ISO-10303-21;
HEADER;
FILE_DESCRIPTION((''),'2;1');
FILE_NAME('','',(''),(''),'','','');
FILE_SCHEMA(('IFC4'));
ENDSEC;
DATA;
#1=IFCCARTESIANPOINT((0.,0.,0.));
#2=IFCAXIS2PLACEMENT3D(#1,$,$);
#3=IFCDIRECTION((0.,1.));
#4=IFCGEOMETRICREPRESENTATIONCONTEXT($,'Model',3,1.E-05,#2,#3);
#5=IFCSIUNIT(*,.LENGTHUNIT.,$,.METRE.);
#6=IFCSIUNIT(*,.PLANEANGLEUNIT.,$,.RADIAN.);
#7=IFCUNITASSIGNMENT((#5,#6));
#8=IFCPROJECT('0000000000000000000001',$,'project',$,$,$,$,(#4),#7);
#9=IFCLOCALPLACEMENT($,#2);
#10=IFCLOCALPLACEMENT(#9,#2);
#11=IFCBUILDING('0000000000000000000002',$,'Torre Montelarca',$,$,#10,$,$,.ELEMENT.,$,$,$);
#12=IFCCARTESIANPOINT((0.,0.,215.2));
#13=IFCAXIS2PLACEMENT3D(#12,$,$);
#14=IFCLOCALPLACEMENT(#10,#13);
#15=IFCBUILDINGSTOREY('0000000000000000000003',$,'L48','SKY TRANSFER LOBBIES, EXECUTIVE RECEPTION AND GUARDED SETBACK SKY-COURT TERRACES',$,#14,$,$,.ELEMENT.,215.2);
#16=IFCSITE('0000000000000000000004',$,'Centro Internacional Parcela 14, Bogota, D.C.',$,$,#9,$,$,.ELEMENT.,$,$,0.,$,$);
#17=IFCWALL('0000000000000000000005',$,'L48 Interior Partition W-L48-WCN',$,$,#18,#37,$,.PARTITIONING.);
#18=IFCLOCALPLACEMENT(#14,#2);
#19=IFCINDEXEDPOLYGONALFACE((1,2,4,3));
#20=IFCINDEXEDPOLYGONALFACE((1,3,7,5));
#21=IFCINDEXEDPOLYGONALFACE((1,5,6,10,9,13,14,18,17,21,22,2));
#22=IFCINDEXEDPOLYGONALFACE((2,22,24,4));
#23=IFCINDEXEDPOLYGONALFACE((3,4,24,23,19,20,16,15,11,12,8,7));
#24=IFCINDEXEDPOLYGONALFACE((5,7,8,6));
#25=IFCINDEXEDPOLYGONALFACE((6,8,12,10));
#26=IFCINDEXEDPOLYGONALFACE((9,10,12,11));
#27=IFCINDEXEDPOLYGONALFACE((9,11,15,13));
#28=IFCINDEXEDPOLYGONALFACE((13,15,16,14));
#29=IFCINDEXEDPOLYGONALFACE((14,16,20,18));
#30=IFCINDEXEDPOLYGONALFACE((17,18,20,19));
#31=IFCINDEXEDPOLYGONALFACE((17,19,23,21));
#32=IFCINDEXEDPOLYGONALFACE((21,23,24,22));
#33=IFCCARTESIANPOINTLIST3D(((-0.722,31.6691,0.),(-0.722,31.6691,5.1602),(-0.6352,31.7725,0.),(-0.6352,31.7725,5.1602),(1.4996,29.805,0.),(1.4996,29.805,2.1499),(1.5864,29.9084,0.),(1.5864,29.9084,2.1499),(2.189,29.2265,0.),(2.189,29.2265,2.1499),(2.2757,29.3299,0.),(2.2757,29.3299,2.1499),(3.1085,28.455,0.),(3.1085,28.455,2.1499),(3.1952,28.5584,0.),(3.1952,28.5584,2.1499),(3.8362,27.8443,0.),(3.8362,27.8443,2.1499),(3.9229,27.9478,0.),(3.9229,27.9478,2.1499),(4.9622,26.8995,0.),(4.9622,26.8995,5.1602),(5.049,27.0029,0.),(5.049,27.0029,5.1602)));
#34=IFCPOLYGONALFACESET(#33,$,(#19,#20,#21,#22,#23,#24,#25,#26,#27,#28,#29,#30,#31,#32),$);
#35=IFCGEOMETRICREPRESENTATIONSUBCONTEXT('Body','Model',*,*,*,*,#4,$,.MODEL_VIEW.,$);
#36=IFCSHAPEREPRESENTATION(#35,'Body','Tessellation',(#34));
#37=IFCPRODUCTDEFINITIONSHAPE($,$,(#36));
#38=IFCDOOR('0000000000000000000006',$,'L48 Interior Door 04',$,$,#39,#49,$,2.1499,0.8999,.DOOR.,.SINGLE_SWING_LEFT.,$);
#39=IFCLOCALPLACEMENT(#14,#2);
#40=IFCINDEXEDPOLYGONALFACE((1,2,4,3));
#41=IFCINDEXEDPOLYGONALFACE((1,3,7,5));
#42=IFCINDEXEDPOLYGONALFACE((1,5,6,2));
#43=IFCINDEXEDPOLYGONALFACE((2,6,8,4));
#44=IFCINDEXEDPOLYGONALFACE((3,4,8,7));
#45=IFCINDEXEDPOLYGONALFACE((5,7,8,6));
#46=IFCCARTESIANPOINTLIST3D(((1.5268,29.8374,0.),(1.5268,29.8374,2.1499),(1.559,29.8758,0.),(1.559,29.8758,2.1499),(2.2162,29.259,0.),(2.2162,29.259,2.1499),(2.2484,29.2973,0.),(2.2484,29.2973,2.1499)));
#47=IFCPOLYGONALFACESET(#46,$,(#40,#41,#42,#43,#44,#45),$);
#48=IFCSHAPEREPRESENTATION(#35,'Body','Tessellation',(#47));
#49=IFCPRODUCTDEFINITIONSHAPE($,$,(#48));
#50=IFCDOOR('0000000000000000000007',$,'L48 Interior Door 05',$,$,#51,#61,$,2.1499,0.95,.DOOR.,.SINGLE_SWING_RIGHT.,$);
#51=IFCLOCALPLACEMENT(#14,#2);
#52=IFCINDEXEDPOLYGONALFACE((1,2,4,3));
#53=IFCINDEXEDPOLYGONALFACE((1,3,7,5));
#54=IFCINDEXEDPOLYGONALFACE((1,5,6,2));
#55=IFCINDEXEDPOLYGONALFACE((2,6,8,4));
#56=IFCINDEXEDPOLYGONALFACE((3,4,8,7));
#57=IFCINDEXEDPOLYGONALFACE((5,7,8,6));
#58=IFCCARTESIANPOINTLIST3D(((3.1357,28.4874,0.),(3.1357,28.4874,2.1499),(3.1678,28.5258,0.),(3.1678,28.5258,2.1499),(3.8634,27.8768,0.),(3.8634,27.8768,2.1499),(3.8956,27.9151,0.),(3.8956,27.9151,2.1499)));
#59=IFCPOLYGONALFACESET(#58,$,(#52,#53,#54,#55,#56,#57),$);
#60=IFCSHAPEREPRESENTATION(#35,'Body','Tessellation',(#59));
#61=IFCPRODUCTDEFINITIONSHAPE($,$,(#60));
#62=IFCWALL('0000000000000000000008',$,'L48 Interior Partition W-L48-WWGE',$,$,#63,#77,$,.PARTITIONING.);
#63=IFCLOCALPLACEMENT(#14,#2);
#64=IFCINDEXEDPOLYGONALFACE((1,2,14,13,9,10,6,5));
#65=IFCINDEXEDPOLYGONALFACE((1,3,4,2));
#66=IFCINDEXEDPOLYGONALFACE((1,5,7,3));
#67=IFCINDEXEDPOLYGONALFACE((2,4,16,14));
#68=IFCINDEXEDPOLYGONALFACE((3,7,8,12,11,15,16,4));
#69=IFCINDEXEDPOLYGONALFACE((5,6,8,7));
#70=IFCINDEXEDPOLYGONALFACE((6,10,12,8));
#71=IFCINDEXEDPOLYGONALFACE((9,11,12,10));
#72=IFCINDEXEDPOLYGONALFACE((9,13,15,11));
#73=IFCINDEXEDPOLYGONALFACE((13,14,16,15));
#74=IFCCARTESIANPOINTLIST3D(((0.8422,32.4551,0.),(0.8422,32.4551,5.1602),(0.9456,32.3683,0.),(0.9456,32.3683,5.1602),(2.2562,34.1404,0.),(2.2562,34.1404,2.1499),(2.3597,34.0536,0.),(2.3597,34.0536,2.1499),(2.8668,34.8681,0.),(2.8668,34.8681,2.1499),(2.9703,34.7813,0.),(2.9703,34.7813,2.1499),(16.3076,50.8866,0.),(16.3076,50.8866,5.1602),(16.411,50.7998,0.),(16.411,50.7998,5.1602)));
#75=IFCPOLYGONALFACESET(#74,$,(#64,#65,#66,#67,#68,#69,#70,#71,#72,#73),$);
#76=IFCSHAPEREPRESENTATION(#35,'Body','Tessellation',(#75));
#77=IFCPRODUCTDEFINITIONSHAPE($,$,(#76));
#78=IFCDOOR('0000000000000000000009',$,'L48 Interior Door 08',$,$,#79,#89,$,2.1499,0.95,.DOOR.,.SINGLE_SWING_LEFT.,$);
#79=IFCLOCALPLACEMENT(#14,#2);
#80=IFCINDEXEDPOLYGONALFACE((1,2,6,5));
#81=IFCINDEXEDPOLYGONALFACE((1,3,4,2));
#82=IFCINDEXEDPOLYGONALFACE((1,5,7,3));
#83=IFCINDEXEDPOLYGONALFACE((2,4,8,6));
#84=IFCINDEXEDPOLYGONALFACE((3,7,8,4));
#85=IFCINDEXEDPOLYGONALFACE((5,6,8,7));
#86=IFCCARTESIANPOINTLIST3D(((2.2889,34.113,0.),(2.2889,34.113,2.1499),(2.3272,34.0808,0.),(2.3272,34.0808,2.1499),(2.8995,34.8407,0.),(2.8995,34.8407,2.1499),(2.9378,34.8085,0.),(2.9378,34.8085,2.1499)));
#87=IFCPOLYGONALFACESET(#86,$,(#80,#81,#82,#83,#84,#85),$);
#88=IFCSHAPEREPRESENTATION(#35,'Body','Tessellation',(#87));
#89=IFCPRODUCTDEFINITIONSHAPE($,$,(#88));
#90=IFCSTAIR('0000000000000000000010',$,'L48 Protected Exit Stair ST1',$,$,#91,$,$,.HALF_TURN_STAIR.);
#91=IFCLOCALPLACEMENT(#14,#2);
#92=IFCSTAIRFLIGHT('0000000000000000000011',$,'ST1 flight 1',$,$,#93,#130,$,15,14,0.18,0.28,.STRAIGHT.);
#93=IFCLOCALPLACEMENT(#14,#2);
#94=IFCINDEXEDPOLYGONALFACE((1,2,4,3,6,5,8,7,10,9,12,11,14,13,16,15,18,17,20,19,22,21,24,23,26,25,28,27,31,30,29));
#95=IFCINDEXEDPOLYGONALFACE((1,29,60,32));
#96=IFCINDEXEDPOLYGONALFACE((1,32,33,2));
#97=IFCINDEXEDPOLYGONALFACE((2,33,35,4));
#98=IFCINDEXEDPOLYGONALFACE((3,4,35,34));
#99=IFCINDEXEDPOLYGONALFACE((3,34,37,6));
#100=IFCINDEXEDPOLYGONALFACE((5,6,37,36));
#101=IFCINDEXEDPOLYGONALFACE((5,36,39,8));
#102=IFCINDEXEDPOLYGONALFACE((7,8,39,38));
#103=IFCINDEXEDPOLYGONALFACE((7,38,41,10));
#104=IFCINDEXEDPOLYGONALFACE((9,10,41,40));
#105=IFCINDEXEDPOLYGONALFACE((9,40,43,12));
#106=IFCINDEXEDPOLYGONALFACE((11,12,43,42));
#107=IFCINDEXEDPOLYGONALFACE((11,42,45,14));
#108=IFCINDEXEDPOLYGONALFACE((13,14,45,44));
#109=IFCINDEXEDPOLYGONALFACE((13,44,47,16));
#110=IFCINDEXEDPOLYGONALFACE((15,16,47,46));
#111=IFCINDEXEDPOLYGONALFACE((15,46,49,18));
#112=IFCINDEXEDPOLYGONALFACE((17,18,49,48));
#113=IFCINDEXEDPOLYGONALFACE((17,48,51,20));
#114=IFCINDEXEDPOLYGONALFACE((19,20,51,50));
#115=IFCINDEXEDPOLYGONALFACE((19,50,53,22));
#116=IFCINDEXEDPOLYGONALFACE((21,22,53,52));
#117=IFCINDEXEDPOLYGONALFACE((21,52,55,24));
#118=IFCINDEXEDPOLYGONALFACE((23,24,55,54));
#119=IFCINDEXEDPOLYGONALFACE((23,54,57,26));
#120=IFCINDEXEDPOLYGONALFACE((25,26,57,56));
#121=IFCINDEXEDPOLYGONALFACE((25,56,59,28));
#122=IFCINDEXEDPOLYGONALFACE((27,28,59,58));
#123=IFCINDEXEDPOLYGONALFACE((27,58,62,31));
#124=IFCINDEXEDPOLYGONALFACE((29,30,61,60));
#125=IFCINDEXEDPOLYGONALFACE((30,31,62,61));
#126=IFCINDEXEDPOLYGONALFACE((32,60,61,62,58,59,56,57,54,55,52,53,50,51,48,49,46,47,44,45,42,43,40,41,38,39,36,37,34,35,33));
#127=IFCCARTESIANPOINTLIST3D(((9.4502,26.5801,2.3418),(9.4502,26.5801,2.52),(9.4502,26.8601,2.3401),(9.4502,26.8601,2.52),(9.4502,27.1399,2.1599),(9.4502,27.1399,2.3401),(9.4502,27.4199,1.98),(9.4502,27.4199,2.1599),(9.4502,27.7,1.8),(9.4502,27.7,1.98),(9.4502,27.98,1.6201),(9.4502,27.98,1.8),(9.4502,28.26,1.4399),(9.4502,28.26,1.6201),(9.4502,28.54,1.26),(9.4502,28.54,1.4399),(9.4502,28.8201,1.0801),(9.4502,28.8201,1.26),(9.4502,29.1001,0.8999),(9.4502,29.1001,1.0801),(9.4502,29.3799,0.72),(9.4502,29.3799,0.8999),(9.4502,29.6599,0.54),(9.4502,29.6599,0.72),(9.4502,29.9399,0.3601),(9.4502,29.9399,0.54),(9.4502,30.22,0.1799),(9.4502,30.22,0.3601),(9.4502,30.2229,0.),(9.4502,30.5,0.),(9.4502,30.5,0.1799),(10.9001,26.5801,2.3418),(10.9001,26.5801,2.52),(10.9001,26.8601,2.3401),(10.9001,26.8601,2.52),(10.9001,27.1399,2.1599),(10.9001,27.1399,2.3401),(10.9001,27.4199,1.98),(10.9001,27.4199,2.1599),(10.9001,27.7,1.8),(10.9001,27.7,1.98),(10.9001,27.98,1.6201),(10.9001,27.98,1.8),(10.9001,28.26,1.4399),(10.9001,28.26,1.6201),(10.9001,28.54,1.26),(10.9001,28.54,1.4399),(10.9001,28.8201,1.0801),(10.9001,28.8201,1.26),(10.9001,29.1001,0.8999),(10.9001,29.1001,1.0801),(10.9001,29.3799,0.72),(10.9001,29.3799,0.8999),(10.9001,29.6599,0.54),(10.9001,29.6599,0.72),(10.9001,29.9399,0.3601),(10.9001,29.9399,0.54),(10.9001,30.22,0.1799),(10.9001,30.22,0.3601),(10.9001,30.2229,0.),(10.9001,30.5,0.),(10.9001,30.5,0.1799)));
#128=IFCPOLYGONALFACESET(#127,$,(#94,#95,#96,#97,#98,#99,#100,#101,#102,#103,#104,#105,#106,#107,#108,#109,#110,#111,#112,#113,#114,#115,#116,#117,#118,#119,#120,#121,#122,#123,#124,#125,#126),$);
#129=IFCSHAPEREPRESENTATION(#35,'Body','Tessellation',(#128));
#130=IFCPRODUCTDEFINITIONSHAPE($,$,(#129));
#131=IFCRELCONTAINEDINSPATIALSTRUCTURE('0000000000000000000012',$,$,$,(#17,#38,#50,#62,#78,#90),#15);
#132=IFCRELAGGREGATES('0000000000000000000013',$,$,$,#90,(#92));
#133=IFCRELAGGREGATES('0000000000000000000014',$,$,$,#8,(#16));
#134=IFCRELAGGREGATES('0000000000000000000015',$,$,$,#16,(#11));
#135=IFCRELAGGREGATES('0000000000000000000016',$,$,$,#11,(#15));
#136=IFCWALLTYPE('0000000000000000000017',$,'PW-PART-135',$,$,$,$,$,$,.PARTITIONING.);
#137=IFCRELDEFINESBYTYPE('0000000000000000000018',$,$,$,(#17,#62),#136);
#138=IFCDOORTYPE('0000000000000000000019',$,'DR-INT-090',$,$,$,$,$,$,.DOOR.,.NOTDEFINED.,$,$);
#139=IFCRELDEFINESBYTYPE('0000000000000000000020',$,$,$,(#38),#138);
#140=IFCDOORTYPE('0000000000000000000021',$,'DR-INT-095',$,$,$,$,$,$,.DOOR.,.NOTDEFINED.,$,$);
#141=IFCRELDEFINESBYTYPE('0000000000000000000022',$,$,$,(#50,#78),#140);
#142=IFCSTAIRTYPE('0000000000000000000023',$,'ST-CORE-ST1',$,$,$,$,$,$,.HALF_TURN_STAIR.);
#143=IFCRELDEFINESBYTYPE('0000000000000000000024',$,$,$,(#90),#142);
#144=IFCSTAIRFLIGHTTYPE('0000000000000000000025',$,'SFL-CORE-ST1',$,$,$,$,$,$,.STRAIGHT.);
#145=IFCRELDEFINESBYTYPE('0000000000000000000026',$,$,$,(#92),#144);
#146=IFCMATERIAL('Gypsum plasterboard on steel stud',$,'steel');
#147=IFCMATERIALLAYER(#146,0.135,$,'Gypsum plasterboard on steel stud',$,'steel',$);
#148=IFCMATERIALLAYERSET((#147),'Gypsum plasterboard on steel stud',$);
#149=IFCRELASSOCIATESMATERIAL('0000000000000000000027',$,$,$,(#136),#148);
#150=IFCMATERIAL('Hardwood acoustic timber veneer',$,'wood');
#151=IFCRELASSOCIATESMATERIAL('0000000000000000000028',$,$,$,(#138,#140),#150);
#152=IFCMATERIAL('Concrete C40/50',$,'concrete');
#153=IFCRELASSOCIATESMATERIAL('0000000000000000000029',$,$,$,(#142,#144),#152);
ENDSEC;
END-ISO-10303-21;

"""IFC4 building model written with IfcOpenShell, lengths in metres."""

from ifc_helpers import new_model, si_unit, direction, frame, frame_2d, origin, place, context, subcontext, project, spatial, polyline, rectangle, outline, extrude, source, transform, mapped, material, layer, layer_set, type_object, element, fill, aggregate, save


model = new_model("IFC4")

# Units and contexts
model_context = context("Model", 3, precision=1e-05, world=origin(), true_north=direction((0.0, 1.0)))
body_context = subcontext(model_context, "Body", "Model", "MODEL_VIEW")
ifc_project = project(units=[si_unit("LENGTHUNIT", "METRE"), si_unit("PLANEANGLEUNIT", "RADIAN")], contexts=[model_context])

# Site, building, storey
site_placement = place(None, origin())
site = spatial("IfcSite", under=ifc_project, at=site_placement, Name="Centro Internacional Parcela 14, Bogota, D.C.", CompositionType="ELEMENT", RefElevation=0.0)
building_placement = place(site_placement, origin())
building = spatial("IfcBuilding", under=site, at=building_placement, Name="Torre Montelarca", CompositionType="ELEMENT")
storey_placement = place(building_placement, frame((0.0, 0.0, 215.2)))
storey = spatial("IfcBuildingStorey", under=building, at=storey_placement, Name="L48", Description="SKY TRANSFER LOBBIES, EXECUTIVE RECEPTION AND GUARDED SETBACK SKY-COURT TERRACES", CompositionType="ELEMENT", Elevation=215.2)

# Shared definitions
ifc_material_1 = material(Name="Concrete C40/50", Category="concrete")

# Shared definitions
ifc_material_2 = material(Name="Gypsum plasterboard on steel stud", Category="steel")

# Wall, openings, doors
ifc_layer_1 = layer(ifc_material_2, 0.135, Name="Gypsum plasterboard on steel stud", Category="steel")
ifc_layer_set_1 = layer_set([ifc_layer_1], Name="Gypsum plasterboard on steel stud")
wall_type_1 = type_object("IfcWallType", Name="PW-PART-135", PredefinedType="PARTITIONING", material=ifc_layer_set_1)
wall_1_placement = place(storey_placement, frame((-0.6785, 31.7207, 0.0), z_axis=(0.0, 0.0, 1.0), x_axis=(0.766043, -0.642789, 0.0)))
wall_1 = element("IfcWall", 1, at=wall_1_placement, inside=storey, type_object=wall_type_1, Name="L48 Interior Partition W-L48-WCN", PredefinedType="PARTITIONING", context=body_context, shape_type="SweptSolid", body=[
    extrude(rectangle(XDim=7.4202, YDim=0.135, at=frame_2d((3.71, 0.0))), origin(), (0.0, 0.0, 1.0), 5.1602),
])
opening_1_placement = place(wall_1_placement, frame((2.8999, 0.0, 0.0)))
opening_1 = element("IfcOpeningElement", 2, at=opening_1_placement, cuts=wall_1, PredefinedType="OPENING", context=body_context, shape_type="SweptSolid", body=[
    extrude(rectangle(XDim=0.8999, YDim=2.1499, at=frame_2d((0.45, 1.075))), frame((0.0, 0.0776, 0.0), z_axis=(0.0, -1.0, 0.0), x_axis=(1.0, 0.0, 0.0)), (0.0, 0.0, 1.0), 0.155),
])
opening_2_placement = place(wall_1_placement, frame((5.0, 0.0, 0.0)))
opening_2 = element("IfcOpeningElement", 3, at=opening_2_placement, cuts=wall_1, PredefinedType="OPENING", context=body_context, shape_type="SweptSolid", body=[
    extrude(rectangle(XDim=0.95, YDim=2.1499, at=frame_2d((0.4751, 1.075))), frame((0.0, 0.0776, 0.0), z_axis=(0.0, -1.0, 0.0), x_axis=(1.0, 0.0, 0.0)), (0.0, 0.0, 1.0), 0.155),
])
ifc_material_3 = material(Name="Hardwood acoustic timber veneer", Category="wood")
door_type_1 = type_object("IfcDoorType", Name="DR-INT-090", OperationType="NOTDEFINED", PredefinedType="DOOR", material=ifc_material_3)
shared_shape_1 = source(origin(), body_context, "Body", "SweptSolid", [
    extrude(rectangle(XDim=0.8999, YDim=2.1499, at=frame_2d((0.45, 1.075))), frame((0.0, 0.0249, 0.0), z_axis=(0.0, -1.0, 0.0), x_axis=(1.0, 0.0, 0.0)), (0.0, 0.0, 1.0), 0.05),
])
door_1_placement = place(opening_1_placement, origin())
door_1 = element("IfcDoor", 4, at=door_1_placement, inside=storey, type_object=door_type_1, Name="L48 Interior Door 04", OperationType="SINGLE_SWING_LEFT", OverallHeight=2.1499, OverallWidth=0.8999, PredefinedType="DOOR", context=body_context, shape_type="MappedRepresentation", body=[
    mapped(shared_shape_1, transform((0.0, 0.0, 0.0), scale=1.0)),
])
fill(opening_1, door_1)
door_type_2 = type_object("IfcDoorType", Name="DR-INT-095", OperationType="NOTDEFINED", PredefinedType="DOOR", material=ifc_material_3)
shared_shape_2 = source(origin(), body_context, "Body", "SweptSolid", [
    extrude(rectangle(XDim=0.95, YDim=2.1499, at=frame_2d((0.4751, 1.075))), frame((0.0, 0.0249, 0.0), z_axis=(0.0, -1.0, 0.0), x_axis=(1.0, 0.0, 0.0)), (0.0, 0.0, 1.0), 0.05),
])
door_2_placement = place(opening_2_placement, origin())
door_2 = element("IfcDoor", 5, at=door_2_placement, inside=storey, type_object=door_type_2, Name="L48 Interior Door 05", OperationType="SINGLE_SWING_RIGHT", OverallHeight=2.1499, OverallWidth=0.95, PredefinedType="DOOR", context=body_context, shape_type="MappedRepresentation", body=[
    mapped(shared_shape_2, transform((0.0, 0.0, 0.0), scale=1.0)),
])
fill(opening_2, door_2)

# Wall, opening, door
wall_2_placement = place(storey_placement, frame((0.8938, 32.4116, 0.0), z_axis=(0.0, 0.0, 1.0), x_axis=(0.642777, 0.766054, 0.0)))
wall_2 = element("IfcWall", 6, at=wall_2_placement, inside=storey, type_object=wall_type_1, Name="L48 Interior Partition W-L48-WWGE", PredefinedType="PARTITIONING", context=body_context, shape_type="SweptSolid", body=[
    extrude(rectangle(XDim=24.0603, YDim=0.135, at=frame_2d((12.0303, 0.0))), origin(), (0.0, 0.0, 1.0), 5.1602),
])
opening_3_placement = place(wall_2_placement, frame((2.2, 0.0, 0.0)))
opening_3 = element("IfcOpeningElement", 7, at=opening_3_placement, cuts=wall_2, PredefinedType="OPENING", context=body_context, shape_type="SweptSolid", body=[
    extrude(rectangle(XDim=0.95, YDim=2.1499, at=frame_2d((0.4751, 1.075))), frame((0.0, 0.0776, 0.0), z_axis=(0.0, -1.0, 0.0), x_axis=(1.0, 0.0, 0.0)), (0.0, 0.0, 1.0), 0.155),
])
door_3_placement = place(opening_3_placement, origin())
door_3 = element("IfcDoor", 8, at=door_3_placement, inside=storey, type_object=door_type_2, Name="L48 Interior Door 08", OperationType="SINGLE_SWING_LEFT", OverallHeight=2.1499, OverallWidth=0.95, PredefinedType="DOOR", context=body_context, shape_type="MappedRepresentation", body=[
    mapped(shared_shape_2, transform((0.0, 0.0, 0.0), scale=1.0)),
])
fill(opening_3, door_3)

# Stair, stair flight
stair_type = type_object("IfcStairType", Name="ST-CORE-ST1", PredefinedType="HALF_TURN_STAIR", material=ifc_material_1)
stair_placement = place(storey_placement, origin())
stair = element("IfcStair", 9, at=stair_placement, inside=storey, type_object=stair_type, Name="L48 Protected Exit Stair ST1", PredefinedType="HALF_TURN_STAIR")
stair_flight_type = type_object("IfcStairFlightType", Name="SFL-CORE-ST1", PredefinedType="STRAIGHT", material=ifc_material_1)
stair_flight_placement = place(storey_placement, frame((10.175, 30.5, 0.0), z_axis=(0.0, 0.0, 1.0), x_axis=(0.0, -1.0, 0.0)))
stair_flight = element("IfcStairFlight", 10, at=stair_flight_placement, type_object=stair_flight_type, Name="ST1 flight 1", NumberOfRisers=15, NumberOfTreads=14, PredefinedType="STRAIGHT", RiserHeight=0.18, TreadLength=0.28, context=body_context, shape_type="SweptSolid", body=[
    extrude(outline(polyline([(0.0, 0.0), (0.0, 0.1799), (0.28, 0.1799), (0.28, 0.3601), (0.5601, 0.3601), (0.5601, 0.54), (0.8401, 0.54), (0.8401, 0.72), (1.1201, 0.72), (1.1201, 0.8999), (1.3999, 0.8999), (1.3999, 1.0801), (1.6799, 1.0801), (1.6799, 1.26), (1.96, 1.26), (1.96, 1.4399), (2.24, 1.4399), (2.24, 1.6201), (2.52, 1.6201), (2.52, 1.8), (2.8, 1.8), (2.8, 1.98), (3.0801, 1.98), (3.0801, 2.1599), (3.3601, 2.1599), (3.3601, 2.3401), (3.6399, 2.3401), (3.6399, 2.52), (3.9199, 2.52), (3.9199, 2.7), (3.9199, 2.3418), (0.2771, 0.0), (0.0, 0.0)])), frame((0.0, 0.7251, 0.0), z_axis=(0.0, -1.0, 0.0), x_axis=(1.0, 0.0, 0.0)), (0.0, 0.0, 1.0), 1.45),
])
aggregate(stair, [stair_flight])

save(model, "model.ifc")
